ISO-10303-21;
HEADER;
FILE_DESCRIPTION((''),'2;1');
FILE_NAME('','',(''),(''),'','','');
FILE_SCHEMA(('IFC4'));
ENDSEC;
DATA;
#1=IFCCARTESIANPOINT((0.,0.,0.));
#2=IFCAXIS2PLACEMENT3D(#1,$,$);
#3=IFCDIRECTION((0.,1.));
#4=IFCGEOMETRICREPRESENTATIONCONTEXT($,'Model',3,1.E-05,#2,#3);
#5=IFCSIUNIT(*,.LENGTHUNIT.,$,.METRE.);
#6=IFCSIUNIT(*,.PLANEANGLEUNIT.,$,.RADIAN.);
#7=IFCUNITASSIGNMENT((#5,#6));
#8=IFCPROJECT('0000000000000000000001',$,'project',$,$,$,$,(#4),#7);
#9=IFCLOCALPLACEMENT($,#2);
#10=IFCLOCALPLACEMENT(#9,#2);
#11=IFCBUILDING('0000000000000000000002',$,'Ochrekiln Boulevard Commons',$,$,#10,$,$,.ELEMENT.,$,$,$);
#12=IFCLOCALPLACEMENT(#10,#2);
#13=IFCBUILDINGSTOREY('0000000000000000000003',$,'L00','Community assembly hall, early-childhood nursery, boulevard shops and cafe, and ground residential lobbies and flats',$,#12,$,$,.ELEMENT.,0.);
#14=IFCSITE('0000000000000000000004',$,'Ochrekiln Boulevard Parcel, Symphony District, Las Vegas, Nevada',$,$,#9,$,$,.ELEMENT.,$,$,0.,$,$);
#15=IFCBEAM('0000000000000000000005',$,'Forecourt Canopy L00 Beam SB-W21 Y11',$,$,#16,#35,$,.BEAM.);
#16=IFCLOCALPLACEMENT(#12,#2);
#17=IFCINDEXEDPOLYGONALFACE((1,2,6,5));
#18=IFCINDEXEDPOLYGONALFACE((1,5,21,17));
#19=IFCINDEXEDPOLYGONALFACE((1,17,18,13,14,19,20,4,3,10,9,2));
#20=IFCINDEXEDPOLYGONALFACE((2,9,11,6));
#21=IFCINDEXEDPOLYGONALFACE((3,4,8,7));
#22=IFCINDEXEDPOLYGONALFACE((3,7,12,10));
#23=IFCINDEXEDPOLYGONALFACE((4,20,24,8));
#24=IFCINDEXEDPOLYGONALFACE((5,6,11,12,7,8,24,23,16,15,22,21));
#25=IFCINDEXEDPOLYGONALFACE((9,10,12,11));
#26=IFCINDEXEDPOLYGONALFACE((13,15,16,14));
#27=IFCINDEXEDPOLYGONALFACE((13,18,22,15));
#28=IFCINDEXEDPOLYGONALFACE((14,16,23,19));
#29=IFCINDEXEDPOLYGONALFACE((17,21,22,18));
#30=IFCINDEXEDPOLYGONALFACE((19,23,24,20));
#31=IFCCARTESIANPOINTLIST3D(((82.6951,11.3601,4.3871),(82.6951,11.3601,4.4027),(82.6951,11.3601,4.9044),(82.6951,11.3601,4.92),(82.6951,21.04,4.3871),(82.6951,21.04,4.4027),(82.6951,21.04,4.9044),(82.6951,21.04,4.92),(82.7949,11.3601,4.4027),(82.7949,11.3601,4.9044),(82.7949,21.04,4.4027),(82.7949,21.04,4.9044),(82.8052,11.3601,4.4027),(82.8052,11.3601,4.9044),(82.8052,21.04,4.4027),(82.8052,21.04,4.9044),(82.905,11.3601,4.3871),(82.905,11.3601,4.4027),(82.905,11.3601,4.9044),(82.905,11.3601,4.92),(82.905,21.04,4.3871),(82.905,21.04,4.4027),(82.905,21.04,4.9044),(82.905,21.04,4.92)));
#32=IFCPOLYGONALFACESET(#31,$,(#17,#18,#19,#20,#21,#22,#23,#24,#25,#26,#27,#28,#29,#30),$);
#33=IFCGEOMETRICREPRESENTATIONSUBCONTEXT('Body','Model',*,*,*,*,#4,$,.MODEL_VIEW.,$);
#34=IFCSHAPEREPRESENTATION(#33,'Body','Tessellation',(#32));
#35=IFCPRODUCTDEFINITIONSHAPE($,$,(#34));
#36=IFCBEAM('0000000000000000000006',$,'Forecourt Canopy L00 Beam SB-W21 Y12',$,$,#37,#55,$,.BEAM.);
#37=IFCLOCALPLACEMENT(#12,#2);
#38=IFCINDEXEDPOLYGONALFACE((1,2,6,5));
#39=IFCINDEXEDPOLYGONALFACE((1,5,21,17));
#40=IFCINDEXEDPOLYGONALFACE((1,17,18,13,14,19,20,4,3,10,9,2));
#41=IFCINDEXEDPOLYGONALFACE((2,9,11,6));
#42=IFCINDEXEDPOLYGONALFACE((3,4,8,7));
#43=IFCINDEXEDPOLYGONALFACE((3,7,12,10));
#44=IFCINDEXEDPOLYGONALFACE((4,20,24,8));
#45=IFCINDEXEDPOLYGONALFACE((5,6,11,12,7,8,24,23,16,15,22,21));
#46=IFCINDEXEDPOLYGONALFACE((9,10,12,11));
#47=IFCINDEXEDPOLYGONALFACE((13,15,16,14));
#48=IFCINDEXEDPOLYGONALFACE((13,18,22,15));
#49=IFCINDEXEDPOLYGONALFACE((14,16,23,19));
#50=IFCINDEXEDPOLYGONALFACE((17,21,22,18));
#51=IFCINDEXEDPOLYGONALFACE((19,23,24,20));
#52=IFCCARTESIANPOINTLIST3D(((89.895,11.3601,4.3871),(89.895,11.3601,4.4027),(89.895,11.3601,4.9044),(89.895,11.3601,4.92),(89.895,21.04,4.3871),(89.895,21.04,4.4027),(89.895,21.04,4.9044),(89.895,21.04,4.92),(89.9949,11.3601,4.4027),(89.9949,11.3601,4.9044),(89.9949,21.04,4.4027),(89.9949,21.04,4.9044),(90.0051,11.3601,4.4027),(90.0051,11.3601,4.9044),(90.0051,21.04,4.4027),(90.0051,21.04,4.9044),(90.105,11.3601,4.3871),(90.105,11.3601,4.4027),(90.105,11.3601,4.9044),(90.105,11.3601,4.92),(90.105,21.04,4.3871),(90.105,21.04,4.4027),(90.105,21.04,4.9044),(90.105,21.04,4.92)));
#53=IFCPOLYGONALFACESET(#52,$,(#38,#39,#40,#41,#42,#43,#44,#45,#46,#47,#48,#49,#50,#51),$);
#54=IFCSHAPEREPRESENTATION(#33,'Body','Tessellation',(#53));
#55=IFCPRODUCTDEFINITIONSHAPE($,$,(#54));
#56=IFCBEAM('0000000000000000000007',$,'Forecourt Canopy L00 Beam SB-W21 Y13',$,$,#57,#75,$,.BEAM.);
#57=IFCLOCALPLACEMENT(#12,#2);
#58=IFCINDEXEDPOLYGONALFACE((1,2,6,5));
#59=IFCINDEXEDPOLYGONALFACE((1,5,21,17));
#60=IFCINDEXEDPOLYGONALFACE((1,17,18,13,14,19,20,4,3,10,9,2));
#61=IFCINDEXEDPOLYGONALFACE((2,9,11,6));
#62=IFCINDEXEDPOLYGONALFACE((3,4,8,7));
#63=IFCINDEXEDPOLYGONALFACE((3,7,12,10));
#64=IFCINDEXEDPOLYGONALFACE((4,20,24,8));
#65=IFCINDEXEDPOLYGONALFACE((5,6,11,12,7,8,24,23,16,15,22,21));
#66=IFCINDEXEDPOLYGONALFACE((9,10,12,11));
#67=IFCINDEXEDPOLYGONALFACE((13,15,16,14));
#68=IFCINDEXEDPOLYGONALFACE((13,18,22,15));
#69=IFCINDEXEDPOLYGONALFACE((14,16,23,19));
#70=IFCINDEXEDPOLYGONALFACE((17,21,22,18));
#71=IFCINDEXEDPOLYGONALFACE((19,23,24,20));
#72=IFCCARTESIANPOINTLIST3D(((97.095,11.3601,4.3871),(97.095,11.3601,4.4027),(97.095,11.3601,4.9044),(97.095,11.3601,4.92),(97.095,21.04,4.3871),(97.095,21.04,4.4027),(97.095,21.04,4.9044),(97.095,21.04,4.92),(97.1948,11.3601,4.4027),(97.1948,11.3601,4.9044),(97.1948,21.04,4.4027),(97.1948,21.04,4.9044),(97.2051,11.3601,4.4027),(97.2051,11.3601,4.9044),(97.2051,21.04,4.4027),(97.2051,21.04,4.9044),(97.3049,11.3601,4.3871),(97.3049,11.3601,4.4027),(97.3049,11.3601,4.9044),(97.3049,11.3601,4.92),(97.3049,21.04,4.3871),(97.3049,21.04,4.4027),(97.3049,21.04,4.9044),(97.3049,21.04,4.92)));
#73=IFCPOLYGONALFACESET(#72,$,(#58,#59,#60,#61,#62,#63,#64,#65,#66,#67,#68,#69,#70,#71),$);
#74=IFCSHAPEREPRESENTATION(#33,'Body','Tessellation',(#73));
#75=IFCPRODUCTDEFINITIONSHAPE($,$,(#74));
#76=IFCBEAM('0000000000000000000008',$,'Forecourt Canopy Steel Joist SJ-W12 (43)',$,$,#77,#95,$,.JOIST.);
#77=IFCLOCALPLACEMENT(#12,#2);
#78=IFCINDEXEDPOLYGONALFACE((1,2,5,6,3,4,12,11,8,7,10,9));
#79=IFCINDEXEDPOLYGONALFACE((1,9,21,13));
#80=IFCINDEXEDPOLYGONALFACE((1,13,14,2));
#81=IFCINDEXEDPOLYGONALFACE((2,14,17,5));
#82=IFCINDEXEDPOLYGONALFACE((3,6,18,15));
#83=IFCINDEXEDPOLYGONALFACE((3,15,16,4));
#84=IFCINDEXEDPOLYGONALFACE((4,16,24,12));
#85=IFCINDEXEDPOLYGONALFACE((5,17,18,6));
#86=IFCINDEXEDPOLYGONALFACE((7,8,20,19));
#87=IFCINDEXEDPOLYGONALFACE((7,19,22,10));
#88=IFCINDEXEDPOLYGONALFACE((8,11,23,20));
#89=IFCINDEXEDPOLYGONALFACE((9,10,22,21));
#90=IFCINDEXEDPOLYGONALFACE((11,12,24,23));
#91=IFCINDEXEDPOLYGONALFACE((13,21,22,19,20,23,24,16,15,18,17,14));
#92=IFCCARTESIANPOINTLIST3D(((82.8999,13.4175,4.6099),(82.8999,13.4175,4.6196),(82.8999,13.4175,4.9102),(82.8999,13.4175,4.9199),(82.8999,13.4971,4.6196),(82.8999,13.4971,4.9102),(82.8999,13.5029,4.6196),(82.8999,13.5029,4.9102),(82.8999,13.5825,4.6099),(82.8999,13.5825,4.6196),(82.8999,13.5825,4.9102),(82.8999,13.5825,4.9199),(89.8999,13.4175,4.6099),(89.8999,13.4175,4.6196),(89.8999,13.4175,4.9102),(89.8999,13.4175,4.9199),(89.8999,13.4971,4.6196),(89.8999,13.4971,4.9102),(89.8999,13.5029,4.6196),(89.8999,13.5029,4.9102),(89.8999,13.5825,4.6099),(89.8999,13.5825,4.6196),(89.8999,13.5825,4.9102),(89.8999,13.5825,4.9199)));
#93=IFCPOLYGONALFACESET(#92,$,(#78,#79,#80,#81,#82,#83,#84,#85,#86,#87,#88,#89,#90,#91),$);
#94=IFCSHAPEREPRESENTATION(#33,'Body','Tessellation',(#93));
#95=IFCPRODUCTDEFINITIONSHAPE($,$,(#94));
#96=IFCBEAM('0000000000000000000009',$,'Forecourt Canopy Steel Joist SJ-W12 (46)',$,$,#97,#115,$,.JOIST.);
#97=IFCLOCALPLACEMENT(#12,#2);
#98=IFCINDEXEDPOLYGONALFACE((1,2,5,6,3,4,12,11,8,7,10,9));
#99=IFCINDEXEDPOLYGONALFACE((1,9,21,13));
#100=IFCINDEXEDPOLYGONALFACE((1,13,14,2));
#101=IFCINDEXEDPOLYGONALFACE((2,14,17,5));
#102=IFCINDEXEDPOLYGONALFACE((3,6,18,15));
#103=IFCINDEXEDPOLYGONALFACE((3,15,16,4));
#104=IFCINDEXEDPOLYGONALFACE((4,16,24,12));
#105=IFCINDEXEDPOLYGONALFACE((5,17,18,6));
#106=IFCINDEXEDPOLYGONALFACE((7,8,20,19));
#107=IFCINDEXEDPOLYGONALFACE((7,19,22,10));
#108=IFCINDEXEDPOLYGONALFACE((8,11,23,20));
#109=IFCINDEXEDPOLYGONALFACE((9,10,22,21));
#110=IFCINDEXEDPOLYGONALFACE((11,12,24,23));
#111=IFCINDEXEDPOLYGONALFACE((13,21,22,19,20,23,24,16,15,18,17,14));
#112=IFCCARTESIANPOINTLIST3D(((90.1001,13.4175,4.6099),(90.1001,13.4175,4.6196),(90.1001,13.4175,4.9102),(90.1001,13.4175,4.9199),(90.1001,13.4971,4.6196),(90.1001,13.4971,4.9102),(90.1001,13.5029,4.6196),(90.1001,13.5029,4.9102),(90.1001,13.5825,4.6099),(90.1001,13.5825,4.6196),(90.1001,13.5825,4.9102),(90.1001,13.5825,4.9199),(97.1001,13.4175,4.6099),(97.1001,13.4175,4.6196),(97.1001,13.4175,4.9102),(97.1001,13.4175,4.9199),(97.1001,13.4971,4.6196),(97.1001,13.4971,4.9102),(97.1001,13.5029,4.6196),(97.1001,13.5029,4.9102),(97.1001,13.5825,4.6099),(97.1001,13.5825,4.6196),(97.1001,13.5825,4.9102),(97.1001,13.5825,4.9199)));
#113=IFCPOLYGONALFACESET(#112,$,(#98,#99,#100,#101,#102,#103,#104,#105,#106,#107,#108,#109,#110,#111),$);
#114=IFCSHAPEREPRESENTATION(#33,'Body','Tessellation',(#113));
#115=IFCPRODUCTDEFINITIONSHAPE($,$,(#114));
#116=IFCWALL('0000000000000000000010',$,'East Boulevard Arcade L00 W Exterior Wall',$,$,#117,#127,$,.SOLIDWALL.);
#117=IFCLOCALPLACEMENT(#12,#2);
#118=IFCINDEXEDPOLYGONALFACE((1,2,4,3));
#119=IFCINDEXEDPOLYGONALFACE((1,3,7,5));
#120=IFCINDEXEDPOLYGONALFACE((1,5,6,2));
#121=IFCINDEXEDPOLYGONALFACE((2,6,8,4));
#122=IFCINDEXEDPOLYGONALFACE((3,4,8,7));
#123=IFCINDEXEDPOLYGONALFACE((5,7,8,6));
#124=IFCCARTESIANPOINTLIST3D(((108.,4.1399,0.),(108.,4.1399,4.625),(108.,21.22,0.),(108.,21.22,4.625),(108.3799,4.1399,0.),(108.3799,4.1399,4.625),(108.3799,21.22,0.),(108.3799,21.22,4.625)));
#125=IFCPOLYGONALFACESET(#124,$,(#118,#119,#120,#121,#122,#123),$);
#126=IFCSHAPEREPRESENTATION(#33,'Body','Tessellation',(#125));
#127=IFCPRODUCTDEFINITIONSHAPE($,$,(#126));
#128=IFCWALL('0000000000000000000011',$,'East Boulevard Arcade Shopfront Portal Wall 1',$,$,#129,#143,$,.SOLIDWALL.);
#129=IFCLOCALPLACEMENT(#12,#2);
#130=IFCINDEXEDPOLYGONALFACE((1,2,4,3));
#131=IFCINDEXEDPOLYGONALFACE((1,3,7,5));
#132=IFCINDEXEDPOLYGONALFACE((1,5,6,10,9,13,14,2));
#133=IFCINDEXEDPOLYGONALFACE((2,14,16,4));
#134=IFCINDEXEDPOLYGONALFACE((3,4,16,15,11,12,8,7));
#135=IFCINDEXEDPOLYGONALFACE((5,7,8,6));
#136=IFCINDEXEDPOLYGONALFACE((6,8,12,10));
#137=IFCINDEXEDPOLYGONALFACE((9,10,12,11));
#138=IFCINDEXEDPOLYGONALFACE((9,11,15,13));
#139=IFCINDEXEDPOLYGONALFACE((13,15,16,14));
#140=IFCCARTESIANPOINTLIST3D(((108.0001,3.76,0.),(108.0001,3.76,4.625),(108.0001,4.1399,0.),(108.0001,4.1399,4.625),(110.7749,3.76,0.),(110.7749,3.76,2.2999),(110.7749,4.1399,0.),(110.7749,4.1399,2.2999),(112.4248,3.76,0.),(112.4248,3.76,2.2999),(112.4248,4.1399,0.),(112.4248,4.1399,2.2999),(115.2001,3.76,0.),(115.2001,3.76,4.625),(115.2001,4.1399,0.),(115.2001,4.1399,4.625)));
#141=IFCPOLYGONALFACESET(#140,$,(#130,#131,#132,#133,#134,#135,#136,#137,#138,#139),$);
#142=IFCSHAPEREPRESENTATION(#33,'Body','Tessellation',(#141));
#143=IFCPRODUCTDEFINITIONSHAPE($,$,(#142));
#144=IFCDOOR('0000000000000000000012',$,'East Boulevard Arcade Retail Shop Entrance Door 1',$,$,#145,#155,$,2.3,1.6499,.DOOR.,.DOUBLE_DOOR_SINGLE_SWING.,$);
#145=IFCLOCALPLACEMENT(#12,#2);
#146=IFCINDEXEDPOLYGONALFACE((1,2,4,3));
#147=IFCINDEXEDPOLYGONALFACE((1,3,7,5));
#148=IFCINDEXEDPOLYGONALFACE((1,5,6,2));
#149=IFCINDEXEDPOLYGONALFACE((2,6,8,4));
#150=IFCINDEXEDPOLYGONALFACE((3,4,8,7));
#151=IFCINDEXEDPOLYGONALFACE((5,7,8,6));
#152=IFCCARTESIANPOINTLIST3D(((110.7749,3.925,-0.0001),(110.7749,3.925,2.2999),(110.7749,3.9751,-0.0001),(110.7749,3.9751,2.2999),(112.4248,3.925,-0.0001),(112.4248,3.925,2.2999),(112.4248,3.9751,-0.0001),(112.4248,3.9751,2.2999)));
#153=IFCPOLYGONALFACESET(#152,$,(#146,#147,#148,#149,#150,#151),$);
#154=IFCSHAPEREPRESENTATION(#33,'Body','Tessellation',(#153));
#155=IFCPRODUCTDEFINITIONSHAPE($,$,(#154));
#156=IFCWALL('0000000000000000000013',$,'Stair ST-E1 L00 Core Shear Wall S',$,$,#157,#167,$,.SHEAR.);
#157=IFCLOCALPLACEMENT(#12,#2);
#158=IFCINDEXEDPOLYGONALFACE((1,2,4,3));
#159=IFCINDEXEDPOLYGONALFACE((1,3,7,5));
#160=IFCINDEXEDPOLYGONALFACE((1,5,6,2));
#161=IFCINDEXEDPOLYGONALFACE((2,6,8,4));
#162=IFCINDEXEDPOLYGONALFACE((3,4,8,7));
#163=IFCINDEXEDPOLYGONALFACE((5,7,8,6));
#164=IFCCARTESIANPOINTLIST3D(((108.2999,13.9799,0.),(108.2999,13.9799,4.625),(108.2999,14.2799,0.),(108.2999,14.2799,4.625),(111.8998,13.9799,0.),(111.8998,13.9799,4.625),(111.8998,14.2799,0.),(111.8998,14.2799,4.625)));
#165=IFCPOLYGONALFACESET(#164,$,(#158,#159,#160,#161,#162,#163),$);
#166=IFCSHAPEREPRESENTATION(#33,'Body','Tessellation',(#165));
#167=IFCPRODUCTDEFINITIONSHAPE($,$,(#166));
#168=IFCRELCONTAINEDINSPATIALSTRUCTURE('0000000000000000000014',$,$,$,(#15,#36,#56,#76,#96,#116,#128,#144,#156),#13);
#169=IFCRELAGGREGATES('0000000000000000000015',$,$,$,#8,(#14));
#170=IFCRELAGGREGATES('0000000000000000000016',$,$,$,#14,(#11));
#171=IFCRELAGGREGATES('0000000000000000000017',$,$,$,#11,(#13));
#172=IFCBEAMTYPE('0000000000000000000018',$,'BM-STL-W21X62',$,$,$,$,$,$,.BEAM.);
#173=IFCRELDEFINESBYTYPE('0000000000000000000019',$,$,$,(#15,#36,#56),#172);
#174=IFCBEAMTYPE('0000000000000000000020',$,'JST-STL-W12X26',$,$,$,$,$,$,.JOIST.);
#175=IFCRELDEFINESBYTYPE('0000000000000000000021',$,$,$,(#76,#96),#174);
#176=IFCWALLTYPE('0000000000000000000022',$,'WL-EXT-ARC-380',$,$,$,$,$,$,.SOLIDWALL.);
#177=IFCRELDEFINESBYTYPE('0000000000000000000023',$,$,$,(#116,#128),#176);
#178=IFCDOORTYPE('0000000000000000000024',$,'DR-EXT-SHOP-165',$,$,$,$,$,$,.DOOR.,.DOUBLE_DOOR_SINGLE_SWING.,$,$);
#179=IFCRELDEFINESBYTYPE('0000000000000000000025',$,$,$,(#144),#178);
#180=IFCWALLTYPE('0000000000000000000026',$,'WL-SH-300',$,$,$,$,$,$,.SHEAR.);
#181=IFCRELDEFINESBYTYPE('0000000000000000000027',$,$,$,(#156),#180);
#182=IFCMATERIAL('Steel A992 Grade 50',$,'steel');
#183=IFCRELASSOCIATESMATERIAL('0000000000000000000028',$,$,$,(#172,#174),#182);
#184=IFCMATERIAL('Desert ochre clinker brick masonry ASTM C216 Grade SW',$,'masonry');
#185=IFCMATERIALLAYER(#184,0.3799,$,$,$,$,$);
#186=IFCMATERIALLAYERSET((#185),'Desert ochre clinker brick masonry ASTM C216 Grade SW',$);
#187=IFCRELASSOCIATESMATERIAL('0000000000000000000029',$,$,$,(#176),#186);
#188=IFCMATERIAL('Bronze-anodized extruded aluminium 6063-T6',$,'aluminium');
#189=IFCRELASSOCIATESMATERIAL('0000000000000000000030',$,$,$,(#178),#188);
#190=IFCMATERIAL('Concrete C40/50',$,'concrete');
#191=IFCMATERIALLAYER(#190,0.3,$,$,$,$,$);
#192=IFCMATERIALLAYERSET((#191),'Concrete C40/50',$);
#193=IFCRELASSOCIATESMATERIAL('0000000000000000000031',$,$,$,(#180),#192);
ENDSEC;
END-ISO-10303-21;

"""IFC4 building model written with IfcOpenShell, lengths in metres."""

from ifc_helpers import new_model, si_unit, direction, frame, frame_2d, origin, origin_2d, place, context, subcontext, project, spatial, rectangle, i_section, extrude, material, layer, layer_set, material_profile, profile_set, type_object, element, fill, save


model = new_model("IFC4")

# Units and contexts
model_context = context("Model", 3, precision=1e-05, world=origin(), true_north=direction((0.0, 1.0)))
body_context = subcontext(model_context, "Body", "Model", "MODEL_VIEW")
ifc_project = project(units=[si_unit("LENGTHUNIT", "METRE"), si_unit("PLANEANGLEUNIT", "RADIAN")], contexts=[model_context])

# Site, building, storey
site_placement = place(None, origin())
site = spatial("IfcSite", under=ifc_project, at=site_placement, Name="Ochrekiln Boulevard Parcel, Symphony District, Las Vegas, Nevada", CompositionType="ELEMENT", RefElevation=0.0)
building_placement = place(site_placement, origin())
building = spatial("IfcBuilding", under=site, at=building_placement, Name="Ochrekiln Boulevard Commons", CompositionType="ELEMENT")
storey_placement = place(building_placement, origin())
storey = spatial("IfcBuildingStorey", under=building, at=storey_placement, Name="L00", Description="Community assembly hall, early-childhood nursery, boulevard shops and cafe, and ground residential lobbies and flats", CompositionType="ELEMENT", Elevation=0.0)

# Shared definitions
ifc_material_1 = material(Name="Concrete C40/50", Category="concrete")

# Beams
ifc_material_2 = material(Name="Steel A992 Grade 50", Category="steel")
ifc_material_profile_1 = material_profile(ifc_material_2, i_section(OverallWidth=0.21, OverallDepth=0.533, WebThickness=0.0103, FlangeThickness=0.0156, at=origin_2d()), Name="W21X62")
ifc_profile_set_1 = profile_set([ifc_material_profile_1], Name="Steel A992 Grade 50")
beam_type_1 = type_object("IfcBeamType", Name="BM-STL-W21X62", PredefinedType="BEAM", material=ifc_profile_set_1)
for number, where, z_axis, x_axis, name in (
    (1, (82.8, 11.3601, 4.6536), (0.0, 1.0, 0.0), (-1.0, 0.0, 0.0), "Forecourt Canopy L00 Beam SB-W21 Y11"),
    (2, (90.0, 11.3601, 4.6536), (0.0, 1.0, 0.0), (-1.0, 0.0, 0.0), "Forecourt Canopy L00 Beam SB-W21 Y12"),
    (3, (97.2, 11.3601, 4.6536), (0.0, 1.0, 0.0), (-1.0, 0.0, 0.0), "Forecourt Canopy L00 Beam SB-W21 Y13"),
):
    element("IfcBeam", number, at=place(storey_placement, frame(where, z_axis=z_axis, x_axis=x_axis)), inside=storey, type_object=beam_type_1, Name=name, PredefinedType="BEAM", context=body_context, shape_type="SweptSolid", body=[
        extrude(i_section(OverallWidth=0.21, OverallDepth=0.533, WebThickness=0.0103, FlangeThickness=0.0156, at=origin_2d()), origin(), (0.0, 0.0, 1.0), 9.6799),
    ])
ifc_material_profile_2 = material_profile(ifc_material_2, i_section(OverallWidth=0.165, OverallDepth=0.3101, WebThickness=0.0059, FlangeThickness=0.0098, at=origin_2d()), Name="W12X26")
ifc_profile_set_2 = profile_set([ifc_material_profile_2], Name="Steel A992 Grade 50")
beam_type_2 = type_object("IfcBeamType", Name="JST-STL-W12X26", PredefinedType="JOIST", material=ifc_profile_set_2)
for number, where, z_axis, x_axis, name in (
    (4, (82.8999, 13.5, 4.7649), (1.0, 0.0, 0.0), (0.0, 1.0, 0.0), "Forecourt Canopy Steel Joist SJ-W12 (43)"),
    (5, (90.1001, 13.5, 4.7649), (1.0, 0.0, 0.0), (0.0, 1.0, 0.0), "Forecourt Canopy Steel Joist SJ-W12 (46)"),
):
    element("IfcBeam", number, at=place(storey_placement, frame(where, z_axis=z_axis, x_axis=x_axis)), inside=storey, type_object=beam_type_2, Name=name, PredefinedType="JOIST", context=body_context, shape_type="SweptSolid", body=[
        extrude(i_section(OverallWidth=0.165, OverallDepth=0.3101, WebThickness=0.0059, FlangeThickness=0.0098, at=origin_2d()), origin(), (0.0, 0.0, 1.0), 7.0),
    ])

# Wall
ifc_material_3 = material(Name="Desert ochre clinker brick masonry ASTM C216 Grade SW", Category="masonry")
ifc_layer_1 = layer(ifc_material_3, 0.3799)
ifc_layer_set_1 = layer_set([ifc_layer_1], Name="Desert ochre clinker brick masonry ASTM C216 Grade SW")
wall_type_1 = type_object("IfcWallType", Name="WL-EXT-ARC-380", PredefinedType="SOLIDWALL", material=ifc_layer_set_1)
wall_1_placement = place(storey_placement, frame((108.1899, 4.1399, 0.0), z_axis=(0.0, 0.0, 1.0), x_axis=(0.0, 1.0, 0.0)))
element("IfcWall", 6, at=wall_1_placement, inside=storey, type_object=wall_type_1, Name="East Boulevard Arcade L00 W Exterior Wall", PredefinedType="SOLIDWALL", context=body_context, shape_type="SweptSolid", body=[
    extrude(rectangle(XDim=17.0801, YDim=0.3799, at=frame_2d((8.54, 0.0))), origin(), (0.0, 0.0, 1.0), 4.625),
])

# Wall, opening, door
wall_2_placement = place(storey_placement, frame((108.0, 3.95, 0.0), z_axis=(0.0, 0.0, 1.0), x_axis=(1.0, 0.0, 0.0)))
wall_2 = element("IfcWall", 7, at=wall_2_placement, inside=storey, type_object=wall_type_1, Name="East Boulevard Arcade Shopfront Portal Wall 1", PredefinedType="SOLIDWALL", context=body_context, shape_type="SweptSolid", body=[
    extrude(rectangle(XDim=7.2, YDim=0.3799, at=frame_2d((3.6001, 0.0))), origin(), (0.0, 0.0, 1.0), 4.625),
])
opening_placement = place(wall_2_placement, frame((2.7749, 0.0, 0.0)))
opening = element("IfcOpeningElement", 8, at=opening_placement, cuts=wall_2, PredefinedType="OPENING", context=body_context, shape_type="SweptSolid", body=[
    extrude(rectangle(XDim=1.6499, YDim=2.3, at=frame_2d((0.825, 1.1499))), frame((0.0, 0.2, 0.0), z_axis=(0.0, -1.0, 0.0), x_axis=(1.0, 0.0, 0.0)), (0.0, 0.0, 1.0), 0.3999),
])
ifc_material_4 = material(Name="Bronze-anodized extruded aluminium 6063-T6", Category="aluminium")
door_type = type_object("IfcDoorType", Name="DR-EXT-SHOP-165", OperationType="DOUBLE_DOOR_SINGLE_SWING", PredefinedType="DOOR", material=ifc_material_4)
door_placement = place(opening_placement, frame((1.6499, 0.0, 0.0), z_axis=(0.0, 0.0, 1.0), x_axis=(-1.0, 0.0, 0.0)))
door = element("IfcDoor", 9, at=door_placement, inside=storey, type_object=door_type, Name="East Boulevard Arcade Retail Shop Entrance Door 1", OperationType="DOUBLE_DOOR_SINGLE_SWING", OverallHeight=2.3, OverallWidth=1.6499, PredefinedType="DOOR", context=body_context, shape_type="SweptSolid", body=[
    extrude(rectangle(XDim=1.6499, YDim=2.3, at=frame_2d((0.825, 1.1499))), frame((0.0, 0.0249, 0.0), z_axis=(0.0, -1.0, 0.0), x_axis=(1.0, 0.0, 0.0)), (0.0, 0.0, 1.0), 0.05),
])
fill(opening, door)

# Wall
ifc_layer_2 = layer(ifc_material_1, 0.3)
ifc_layer_set_2 = layer_set([ifc_layer_2], Name="Concrete C40/50")
wall_type_2 = type_object("IfcWallType", Name="WL-SH-300", PredefinedType="SHEAR", material=ifc_layer_set_2)
wall_3_placement = place(storey_placement, frame((108.3, 14.1299, 0.0), z_axis=(0.0, 0.0, 1.0), x_axis=(1.0, 0.0, 0.0)))
element("IfcWall", 10, at=wall_3_placement, inside=storey, type_object=wall_type_2, Name="Stair ST-E1 L00 Core Shear Wall S", PredefinedType="SHEAR", context=body_context, shape_type="SweptSolid", body=[
    extrude(rectangle(XDim=3.5999, YDim=0.3, at=frame_2d((1.7998, 0.0))), origin(), (0.0, 0.0, 1.0), 4.625),
])

save(model, "model.ifc")
